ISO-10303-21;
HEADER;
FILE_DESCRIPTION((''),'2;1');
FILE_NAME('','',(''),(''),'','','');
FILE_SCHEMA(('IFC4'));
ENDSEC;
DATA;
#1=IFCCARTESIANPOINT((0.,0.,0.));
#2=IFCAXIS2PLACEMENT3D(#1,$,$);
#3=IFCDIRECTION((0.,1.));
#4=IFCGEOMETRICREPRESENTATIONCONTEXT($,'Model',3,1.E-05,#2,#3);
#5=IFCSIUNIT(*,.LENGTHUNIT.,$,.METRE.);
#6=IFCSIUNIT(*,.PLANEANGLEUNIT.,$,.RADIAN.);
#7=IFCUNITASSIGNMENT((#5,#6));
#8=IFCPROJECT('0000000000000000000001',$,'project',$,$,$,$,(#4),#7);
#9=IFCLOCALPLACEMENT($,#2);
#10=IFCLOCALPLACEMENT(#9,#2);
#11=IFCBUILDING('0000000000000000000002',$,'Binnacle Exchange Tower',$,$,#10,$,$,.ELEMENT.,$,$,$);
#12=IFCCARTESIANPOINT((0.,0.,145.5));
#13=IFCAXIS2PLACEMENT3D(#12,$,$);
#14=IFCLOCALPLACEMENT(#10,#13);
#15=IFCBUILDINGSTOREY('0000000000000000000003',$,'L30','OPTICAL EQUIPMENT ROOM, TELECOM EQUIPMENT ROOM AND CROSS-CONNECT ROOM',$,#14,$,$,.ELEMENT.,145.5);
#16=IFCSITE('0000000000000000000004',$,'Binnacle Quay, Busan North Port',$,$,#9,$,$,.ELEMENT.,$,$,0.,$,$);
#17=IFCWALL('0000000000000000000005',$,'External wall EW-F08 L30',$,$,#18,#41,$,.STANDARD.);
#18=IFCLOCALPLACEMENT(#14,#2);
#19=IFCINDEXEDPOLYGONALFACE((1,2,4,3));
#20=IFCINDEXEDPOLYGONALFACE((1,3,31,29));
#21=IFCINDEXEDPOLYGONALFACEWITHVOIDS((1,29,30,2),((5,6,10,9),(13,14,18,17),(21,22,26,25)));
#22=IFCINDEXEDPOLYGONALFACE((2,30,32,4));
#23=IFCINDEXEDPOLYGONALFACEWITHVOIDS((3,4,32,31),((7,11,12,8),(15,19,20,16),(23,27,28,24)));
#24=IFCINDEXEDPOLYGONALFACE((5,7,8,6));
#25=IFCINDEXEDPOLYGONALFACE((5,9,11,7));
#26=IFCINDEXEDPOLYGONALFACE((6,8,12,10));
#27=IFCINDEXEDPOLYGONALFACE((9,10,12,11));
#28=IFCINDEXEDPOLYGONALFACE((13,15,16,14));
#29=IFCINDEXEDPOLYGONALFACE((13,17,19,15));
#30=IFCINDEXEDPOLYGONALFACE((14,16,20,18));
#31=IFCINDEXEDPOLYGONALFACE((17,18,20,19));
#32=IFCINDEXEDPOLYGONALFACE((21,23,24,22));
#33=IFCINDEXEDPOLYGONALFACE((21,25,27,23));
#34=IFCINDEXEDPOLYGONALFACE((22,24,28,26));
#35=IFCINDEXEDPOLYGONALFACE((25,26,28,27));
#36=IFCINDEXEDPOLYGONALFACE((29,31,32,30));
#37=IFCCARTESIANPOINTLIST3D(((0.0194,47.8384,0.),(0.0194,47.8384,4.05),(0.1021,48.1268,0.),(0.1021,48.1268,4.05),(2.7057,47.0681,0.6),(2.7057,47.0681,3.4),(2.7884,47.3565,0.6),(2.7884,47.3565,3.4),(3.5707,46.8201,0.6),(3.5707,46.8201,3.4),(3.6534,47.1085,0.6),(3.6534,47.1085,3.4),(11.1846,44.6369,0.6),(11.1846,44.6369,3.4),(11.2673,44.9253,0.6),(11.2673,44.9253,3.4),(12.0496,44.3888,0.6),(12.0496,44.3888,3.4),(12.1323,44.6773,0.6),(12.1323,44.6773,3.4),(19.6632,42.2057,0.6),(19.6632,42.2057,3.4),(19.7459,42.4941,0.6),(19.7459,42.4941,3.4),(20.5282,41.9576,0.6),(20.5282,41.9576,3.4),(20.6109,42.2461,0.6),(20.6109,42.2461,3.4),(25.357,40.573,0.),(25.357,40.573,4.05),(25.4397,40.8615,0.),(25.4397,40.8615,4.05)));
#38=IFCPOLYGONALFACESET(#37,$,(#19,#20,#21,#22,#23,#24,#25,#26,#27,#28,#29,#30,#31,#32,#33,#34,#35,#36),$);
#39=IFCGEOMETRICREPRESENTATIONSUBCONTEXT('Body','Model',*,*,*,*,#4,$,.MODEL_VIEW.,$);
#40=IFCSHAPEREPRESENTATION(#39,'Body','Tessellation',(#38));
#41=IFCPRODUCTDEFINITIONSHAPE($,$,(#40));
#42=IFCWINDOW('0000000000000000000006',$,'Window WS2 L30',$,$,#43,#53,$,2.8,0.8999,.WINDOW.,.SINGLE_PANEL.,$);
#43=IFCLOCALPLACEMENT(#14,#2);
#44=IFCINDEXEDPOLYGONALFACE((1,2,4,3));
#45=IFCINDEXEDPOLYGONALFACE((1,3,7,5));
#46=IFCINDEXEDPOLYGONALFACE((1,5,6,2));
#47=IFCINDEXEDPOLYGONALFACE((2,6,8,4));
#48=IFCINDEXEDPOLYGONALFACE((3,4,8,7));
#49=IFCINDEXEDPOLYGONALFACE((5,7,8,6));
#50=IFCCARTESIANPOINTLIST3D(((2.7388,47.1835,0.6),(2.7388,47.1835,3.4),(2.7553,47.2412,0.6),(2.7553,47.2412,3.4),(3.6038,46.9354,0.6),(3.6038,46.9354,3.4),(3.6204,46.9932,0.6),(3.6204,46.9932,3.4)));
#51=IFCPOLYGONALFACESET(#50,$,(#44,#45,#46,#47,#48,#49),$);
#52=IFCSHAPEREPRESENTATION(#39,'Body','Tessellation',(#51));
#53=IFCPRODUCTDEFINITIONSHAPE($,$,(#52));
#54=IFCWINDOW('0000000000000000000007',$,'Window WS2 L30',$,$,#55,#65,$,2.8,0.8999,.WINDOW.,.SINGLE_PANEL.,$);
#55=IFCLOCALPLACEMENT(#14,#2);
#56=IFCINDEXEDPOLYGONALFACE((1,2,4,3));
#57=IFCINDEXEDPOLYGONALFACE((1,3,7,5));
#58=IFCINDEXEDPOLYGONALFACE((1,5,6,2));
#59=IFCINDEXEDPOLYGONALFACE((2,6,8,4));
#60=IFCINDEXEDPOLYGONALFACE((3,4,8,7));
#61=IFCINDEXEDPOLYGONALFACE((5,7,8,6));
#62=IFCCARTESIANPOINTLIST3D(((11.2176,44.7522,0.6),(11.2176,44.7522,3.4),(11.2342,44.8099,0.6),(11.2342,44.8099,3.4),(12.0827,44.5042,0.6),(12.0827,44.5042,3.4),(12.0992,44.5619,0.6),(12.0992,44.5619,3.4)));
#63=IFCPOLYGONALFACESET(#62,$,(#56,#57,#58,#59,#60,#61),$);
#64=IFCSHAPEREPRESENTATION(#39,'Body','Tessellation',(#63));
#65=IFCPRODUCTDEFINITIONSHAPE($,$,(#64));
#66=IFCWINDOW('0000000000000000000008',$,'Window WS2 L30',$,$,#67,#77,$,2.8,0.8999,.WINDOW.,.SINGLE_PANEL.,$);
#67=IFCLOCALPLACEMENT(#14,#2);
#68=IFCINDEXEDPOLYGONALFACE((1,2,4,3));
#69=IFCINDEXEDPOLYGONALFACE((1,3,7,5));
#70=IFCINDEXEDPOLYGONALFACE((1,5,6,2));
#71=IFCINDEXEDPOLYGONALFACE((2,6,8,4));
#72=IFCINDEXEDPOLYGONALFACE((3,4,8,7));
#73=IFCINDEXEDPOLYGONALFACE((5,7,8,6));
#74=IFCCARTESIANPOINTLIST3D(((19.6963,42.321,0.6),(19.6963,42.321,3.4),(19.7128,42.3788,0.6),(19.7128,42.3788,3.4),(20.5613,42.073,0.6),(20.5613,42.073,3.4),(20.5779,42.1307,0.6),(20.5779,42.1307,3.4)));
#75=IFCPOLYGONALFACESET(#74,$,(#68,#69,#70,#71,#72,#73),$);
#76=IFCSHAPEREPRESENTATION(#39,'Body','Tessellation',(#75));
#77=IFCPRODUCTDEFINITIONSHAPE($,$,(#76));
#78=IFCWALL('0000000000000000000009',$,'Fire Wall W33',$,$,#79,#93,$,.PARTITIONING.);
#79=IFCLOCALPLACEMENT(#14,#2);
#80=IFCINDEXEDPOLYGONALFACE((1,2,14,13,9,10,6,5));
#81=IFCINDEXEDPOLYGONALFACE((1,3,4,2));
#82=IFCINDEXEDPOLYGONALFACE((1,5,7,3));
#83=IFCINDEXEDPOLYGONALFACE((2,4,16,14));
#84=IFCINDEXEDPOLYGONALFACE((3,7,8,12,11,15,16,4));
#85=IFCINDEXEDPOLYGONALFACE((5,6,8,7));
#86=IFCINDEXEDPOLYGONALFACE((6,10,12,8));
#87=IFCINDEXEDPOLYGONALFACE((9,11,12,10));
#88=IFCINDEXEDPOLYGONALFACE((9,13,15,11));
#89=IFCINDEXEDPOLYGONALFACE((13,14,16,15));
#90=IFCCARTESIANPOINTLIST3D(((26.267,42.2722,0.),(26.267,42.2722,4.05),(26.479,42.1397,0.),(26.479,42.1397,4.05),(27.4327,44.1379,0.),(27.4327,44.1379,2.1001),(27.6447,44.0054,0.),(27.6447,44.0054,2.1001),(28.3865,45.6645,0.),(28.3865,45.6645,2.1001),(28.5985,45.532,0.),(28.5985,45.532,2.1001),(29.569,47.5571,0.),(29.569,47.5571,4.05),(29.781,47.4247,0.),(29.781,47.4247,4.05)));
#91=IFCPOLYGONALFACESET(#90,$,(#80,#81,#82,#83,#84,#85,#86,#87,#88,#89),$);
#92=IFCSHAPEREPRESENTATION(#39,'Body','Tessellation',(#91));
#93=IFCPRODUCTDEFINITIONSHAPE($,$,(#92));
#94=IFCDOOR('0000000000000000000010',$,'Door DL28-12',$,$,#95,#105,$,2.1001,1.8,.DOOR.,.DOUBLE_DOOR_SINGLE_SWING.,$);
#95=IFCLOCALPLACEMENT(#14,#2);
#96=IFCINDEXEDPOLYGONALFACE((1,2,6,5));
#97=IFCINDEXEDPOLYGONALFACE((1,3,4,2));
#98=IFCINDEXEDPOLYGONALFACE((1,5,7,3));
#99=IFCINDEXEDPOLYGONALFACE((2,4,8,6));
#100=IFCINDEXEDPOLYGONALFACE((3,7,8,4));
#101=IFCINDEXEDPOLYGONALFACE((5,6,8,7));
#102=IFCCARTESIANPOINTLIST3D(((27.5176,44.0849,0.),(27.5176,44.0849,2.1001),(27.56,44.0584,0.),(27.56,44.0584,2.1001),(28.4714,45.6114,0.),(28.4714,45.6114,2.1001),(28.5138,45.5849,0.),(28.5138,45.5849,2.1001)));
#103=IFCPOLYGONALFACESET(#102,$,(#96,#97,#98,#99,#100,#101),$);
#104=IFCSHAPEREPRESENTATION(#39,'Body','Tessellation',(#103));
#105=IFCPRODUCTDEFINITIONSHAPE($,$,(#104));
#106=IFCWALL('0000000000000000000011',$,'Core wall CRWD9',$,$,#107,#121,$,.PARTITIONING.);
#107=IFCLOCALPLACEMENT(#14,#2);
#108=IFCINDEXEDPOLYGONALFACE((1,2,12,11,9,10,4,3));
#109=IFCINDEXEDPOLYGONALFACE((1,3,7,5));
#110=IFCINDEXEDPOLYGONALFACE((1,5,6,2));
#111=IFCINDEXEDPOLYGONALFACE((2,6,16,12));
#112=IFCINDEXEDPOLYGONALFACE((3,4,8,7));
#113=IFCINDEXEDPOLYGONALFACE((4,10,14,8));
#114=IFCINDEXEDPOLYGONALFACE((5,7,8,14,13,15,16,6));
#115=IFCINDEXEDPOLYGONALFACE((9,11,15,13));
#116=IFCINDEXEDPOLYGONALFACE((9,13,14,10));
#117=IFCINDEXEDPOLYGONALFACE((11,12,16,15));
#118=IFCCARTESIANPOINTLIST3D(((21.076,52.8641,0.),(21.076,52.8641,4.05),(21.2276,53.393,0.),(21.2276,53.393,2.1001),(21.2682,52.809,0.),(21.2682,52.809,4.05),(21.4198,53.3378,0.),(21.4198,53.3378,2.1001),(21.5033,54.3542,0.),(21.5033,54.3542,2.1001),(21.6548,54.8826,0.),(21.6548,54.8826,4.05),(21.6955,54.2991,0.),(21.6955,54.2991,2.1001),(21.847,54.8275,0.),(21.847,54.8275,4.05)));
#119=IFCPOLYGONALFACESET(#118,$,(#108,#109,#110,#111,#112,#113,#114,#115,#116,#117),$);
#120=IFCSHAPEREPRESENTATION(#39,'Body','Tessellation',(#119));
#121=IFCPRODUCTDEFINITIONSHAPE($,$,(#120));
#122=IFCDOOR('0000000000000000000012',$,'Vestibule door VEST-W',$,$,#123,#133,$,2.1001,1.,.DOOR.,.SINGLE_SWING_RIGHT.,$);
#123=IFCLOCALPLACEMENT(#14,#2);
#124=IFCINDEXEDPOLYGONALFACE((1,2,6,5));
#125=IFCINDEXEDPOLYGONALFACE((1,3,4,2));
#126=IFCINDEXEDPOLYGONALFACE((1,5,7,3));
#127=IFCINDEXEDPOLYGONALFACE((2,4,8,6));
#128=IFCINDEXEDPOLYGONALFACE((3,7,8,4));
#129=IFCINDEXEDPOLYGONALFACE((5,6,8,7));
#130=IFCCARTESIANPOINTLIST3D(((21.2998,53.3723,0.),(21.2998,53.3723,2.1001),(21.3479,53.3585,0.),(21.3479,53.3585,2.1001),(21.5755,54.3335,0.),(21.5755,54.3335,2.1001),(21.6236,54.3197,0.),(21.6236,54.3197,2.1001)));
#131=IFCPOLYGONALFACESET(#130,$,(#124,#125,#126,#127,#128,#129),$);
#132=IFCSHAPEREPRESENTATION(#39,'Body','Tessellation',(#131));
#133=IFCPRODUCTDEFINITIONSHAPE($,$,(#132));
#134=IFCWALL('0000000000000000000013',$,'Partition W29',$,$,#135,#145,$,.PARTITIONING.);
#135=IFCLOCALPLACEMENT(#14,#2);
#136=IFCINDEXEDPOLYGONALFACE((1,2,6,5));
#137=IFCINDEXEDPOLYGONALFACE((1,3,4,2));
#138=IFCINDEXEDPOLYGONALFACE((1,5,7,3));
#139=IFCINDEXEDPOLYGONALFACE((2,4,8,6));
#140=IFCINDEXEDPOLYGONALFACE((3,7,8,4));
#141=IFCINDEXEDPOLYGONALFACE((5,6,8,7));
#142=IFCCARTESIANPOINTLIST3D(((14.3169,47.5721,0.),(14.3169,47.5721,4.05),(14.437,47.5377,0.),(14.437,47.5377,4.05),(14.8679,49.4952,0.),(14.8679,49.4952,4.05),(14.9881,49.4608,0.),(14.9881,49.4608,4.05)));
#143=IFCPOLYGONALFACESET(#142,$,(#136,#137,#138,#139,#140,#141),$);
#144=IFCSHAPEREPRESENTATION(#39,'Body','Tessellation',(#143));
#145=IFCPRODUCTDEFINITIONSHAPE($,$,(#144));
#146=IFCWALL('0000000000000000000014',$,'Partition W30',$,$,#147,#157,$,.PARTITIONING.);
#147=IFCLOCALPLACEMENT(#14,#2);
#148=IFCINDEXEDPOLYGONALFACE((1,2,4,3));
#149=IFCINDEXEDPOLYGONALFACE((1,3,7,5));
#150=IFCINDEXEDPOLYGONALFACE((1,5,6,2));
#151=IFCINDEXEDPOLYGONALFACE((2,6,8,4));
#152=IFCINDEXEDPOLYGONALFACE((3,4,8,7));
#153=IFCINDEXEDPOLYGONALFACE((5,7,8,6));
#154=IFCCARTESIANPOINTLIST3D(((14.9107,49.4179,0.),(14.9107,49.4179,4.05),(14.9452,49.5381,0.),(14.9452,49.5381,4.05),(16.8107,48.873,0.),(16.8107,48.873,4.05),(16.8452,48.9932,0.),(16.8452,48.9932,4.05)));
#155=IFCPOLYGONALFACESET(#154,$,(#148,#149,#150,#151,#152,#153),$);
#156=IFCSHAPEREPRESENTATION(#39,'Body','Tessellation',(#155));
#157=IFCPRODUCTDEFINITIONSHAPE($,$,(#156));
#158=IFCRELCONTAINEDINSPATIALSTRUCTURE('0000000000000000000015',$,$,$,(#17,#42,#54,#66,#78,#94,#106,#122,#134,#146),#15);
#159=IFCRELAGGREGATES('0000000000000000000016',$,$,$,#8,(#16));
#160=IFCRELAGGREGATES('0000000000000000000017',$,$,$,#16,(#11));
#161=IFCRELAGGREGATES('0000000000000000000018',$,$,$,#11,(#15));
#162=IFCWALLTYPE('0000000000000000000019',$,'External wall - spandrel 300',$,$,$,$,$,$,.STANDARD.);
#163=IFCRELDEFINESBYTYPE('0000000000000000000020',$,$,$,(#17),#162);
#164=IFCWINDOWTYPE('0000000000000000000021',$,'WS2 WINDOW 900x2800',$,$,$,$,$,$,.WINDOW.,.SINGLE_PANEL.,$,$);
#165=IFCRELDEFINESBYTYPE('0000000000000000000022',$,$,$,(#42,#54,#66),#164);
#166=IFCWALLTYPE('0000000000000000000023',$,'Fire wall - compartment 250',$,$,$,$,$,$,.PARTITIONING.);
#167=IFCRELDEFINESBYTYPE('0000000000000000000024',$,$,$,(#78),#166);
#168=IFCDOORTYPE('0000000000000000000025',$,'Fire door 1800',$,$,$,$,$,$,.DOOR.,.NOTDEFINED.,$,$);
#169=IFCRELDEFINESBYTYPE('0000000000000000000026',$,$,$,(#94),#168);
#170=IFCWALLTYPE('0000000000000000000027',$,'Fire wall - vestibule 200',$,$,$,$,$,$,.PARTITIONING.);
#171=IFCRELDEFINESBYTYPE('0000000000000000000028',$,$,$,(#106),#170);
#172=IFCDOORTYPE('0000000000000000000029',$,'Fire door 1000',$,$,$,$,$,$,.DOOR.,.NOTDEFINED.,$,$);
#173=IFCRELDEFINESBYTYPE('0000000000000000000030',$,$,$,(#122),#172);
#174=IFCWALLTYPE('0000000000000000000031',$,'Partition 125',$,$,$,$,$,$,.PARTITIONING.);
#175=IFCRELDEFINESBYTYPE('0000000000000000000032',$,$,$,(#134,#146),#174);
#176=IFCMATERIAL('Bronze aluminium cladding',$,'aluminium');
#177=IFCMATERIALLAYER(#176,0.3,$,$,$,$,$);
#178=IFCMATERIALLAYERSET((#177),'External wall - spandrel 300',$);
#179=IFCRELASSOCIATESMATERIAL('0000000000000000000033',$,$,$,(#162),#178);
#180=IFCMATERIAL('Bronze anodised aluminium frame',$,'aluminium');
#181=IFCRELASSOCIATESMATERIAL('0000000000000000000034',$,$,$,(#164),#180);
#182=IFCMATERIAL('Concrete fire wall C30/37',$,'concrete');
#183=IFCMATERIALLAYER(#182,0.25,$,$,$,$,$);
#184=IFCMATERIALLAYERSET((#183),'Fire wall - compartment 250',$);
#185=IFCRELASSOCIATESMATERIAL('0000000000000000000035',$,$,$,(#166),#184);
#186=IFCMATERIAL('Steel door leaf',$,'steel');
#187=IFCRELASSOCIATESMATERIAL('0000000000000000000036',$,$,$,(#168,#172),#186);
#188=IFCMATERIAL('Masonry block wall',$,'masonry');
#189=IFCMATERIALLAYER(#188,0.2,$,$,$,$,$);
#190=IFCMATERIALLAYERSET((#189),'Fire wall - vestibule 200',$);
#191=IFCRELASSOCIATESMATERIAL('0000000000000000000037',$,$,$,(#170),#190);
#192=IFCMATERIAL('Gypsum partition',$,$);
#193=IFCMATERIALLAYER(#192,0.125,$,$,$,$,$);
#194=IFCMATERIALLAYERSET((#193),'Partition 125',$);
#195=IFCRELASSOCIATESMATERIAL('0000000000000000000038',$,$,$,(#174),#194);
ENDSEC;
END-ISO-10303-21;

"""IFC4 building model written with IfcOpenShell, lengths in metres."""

from ifc_helpers import new_model, si_unit, direction, frame, frame_2d, origin, place, context, subcontext, project, spatial, rectangle, extrude, material, layer, layer_set, type_object, element, fill, save


model = new_model("IFC4")

# Units and contexts
model_context = context("Model", 3, precision=1e-05, world=origin(), true_north=direction((0.0, 1.0)))
body_context = subcontext(model_context, "Body", "Model", "MODEL_VIEW")
ifc_project = project(units=[si_unit("LENGTHUNIT", "METRE"), si_unit("PLANEANGLEUNIT", "RADIAN")], contexts=[model_context])

# Site, building, storey
site_placement = place(None, origin())
site = spatial("IfcSite", under=ifc_project, at=site_placement, Name="Binnacle Quay, Busan North Port", CompositionType="ELEMENT", RefElevation=0.0)
building_placement = place(site_placement, origin())
building = spatial("IfcBuilding", under=site, at=building_placement, Name="Binnacle Exchange Tower", CompositionType="ELEMENT")
storey_placement = place(building_placement, frame((0.0, 0.0, 145.5)))
storey = spatial("IfcBuildingStorey", under=building, at=storey_placement, Name="L30", Description="OPTICAL EQUIPMENT ROOM, TELECOM EQUIPMENT ROOM AND CROSS-CONNECT ROOM", CompositionType="ELEMENT", Elevation=145.5)

# Shared definitions
ifc_material_1 = material(Name="Steel door leaf", Category="steel")

# Wall, openings, windows
ifc_material_2 = material(Name="Bronze aluminium cladding", Category="aluminium")
ifc_layer_1 = layer(ifc_material_2, 0.3)
ifc_layer_set_1 = layer_set([ifc_layer_1], Name="External wall - spandrel 300")
wall_type_1 = type_object("IfcWallType", Name="External wall - spandrel 300", PredefinedType="STANDARD", material=ifc_layer_set_1)
wall_1_placement = place(storey_placement, frame((25.3982, 40.7173, 0.0), z_axis=(0.0, 0.0, 1.0), x_axis=(-0.961262, 0.275635, 0.0)))
wall_1 = element("IfcWall", 1, at=wall_1_placement, inside=storey, type_object=wall_type_1, Name="External wall EW-F08 L30", PredefinedType="STANDARD", context=body_context, shape_type="SweptSolid", body=[
    extrude(rectangle(XDim=26.3586, YDim=0.3, at=frame_2d((13.1792, 0.0))), origin(), (0.0, 0.0, 1.0), 4.05),
])
opening_1_placement = place(wall_1_placement, frame((22.6641, 0.0, 0.6001)))
opening_1 = element("IfcOpeningElement", 2, at=opening_1_placement, cuts=wall_1, PredefinedType="OPENING", context=body_context, shape_type="SweptSolid", body=[
    extrude(rectangle(XDim=0.8999, YDim=2.8, at=frame_2d((0.45, 1.3999))), frame((0.0, 0.1599, 0.0), z_axis=(0.0, -1.0, 0.0), x_axis=(1.0, 0.0, 0.0)), (0.0, 0.0, 1.0), 0.3201),
])
opening_2_placement = place(wall_1_placement, frame((13.8435, 0.0, 0.6001)))
opening_2 = element("IfcOpeningElement", 3, at=opening_2_placement, cuts=wall_1, PredefinedType="OPENING", context=body_context, shape_type="SweptSolid", body=[
    extrude(rectangle(XDim=0.8999, YDim=2.8, at=frame_2d((0.45, 1.3999))), frame((0.0, 0.1599, 0.0), z_axis=(0.0, -1.0, 0.0), x_axis=(1.0, 0.0, 0.0)), (0.0, 0.0, 1.0), 0.3201),
])
opening_3_placement = place(wall_1_placement, frame((5.0232, 0.0, 0.6001)))
opening_3 = element("IfcOpeningElement", 4, at=opening_3_placement, cuts=wall_1, PredefinedType="OPENING", context=body_context, shape_type="SweptSolid", body=[
    extrude(rectangle(XDim=0.8999, YDim=2.8, at=frame_2d((0.45, 1.3999))), frame((0.0, 0.1599, 0.0), z_axis=(0.0, -1.0, 0.0), x_axis=(1.0, 0.0, 0.0)), (0.0, 0.0, 1.0), 0.3201),
])
ifc_material_3 = material(Name="Bronze anodised aluminium frame", Category="aluminium")
window_type = type_object("IfcWindowType", Name="WS2 WINDOW 900x2800", PartitioningType="SINGLE_PANEL", PredefinedType="WINDOW", material=ifc_material_3)
window_1_placement = place(opening_1_placement, origin())
window_1 = element("IfcWindow", 5, at=window_1_placement, inside=storey, type_object=window_type, Name="Window WS2 L30", OverallHeight=2.8, OverallWidth=0.8999, PartitioningType="SINGLE_PANEL", PredefinedType="WINDOW", context=body_context, shape_type="SweptSolid", body=[
    extrude(rectangle(XDim=0.8999, YDim=2.8, at=frame_2d((0.45, 1.3999))), frame((0.0, 0.03, 0.0), z_axis=(0.0, -1.0, 0.0), x_axis=(1.0, 0.0, 0.0)), (0.0, 0.0, 1.0), 0.0601),
])
fill(opening_1, window_1)
window_2_placement = place(opening_2_placement, origin())
window_2 = element("IfcWindow", 6, at=window_2_placement, inside=storey, type_object=window_type, Name="Window WS2 L30", OverallHeight=2.8, OverallWidth=0.8999, PartitioningType="SINGLE_PANEL", PredefinedType="WINDOW", context=body_context, shape_type="SweptSolid", body=[
    extrude(rectangle(XDim=0.8999, YDim=2.8, at=frame_2d((0.45, 1.3999))), frame((0.0, 0.03, 0.0), z_axis=(0.0, -1.0, 0.0), x_axis=(1.0, 0.0, 0.0)), (0.0, 0.0, 1.0), 0.0601),
])
fill(opening_2, window_2)
window_3_placement = place(opening_3_placement, origin())
window_3 = element("IfcWindow", 7, at=window_3_placement, inside=storey, type_object=window_type, Name="Window WS2 L30", OverallHeight=2.8, OverallWidth=0.8999, PartitioningType="SINGLE_PANEL", PredefinedType="WINDOW", context=body_context, shape_type="SweptSolid", body=[
    extrude(rectangle(XDim=0.8999, YDim=2.8, at=frame_2d((0.45, 1.3999))), frame((0.0, 0.03, 0.0), z_axis=(0.0, -1.0, 0.0), x_axis=(1.0, 0.0, 0.0)), (0.0, 0.0, 1.0), 0.0601),
])
fill(opening_3, window_3)

# Walls, openings, doors
ifc_material_4 = material(Name="Concrete fire wall C30/37", Category="concrete")
ifc_layer_2 = layer(ifc_material_4, 0.25)
ifc_layer_set_2 = layer_set([ifc_layer_2], Name="Fire wall - compartment 250")
wall_type_2 = type_object("IfcWallType", Name="Fire wall - compartment 250", PredefinedType="PARTITIONING", material=ifc_layer_set_2)
wall_2_placement = place(storey_placement, frame((26.373, 42.2061, 0.0), z_axis=(0.0, 0.0, 1.0), x_axis=(0.529876, 0.848075, 0.0)))
wall_2 = element("IfcWall", 8, at=wall_2_placement, inside=storey, type_object=wall_type_2, Name="Fire Wall W33", PredefinedType="PARTITIONING", context=body_context, shape_type="SweptSolid", body=[
    extrude(rectangle(XDim=6.2317, YDim=0.25, at=frame_2d((3.1157, 0.0))), origin(), (0.0, 0.0, 1.0), 4.05),
])
opening_4_placement = place(wall_2_placement, frame((2.2, 0.0, 0.0)))
opening_4 = element("IfcOpeningElement", 9, at=opening_4_placement, cuts=wall_2, PredefinedType="OPENING", context=body_context, shape_type="SweptSolid", body=[
    extrude(rectangle(XDim=1.8, YDim=2.1001, at=frame_2d((0.8999, 1.05))), frame((0.0, 0.135, 0.0), z_axis=(0.0, -1.0, 0.0), x_axis=(1.0, 0.0, 0.0)), (0.0, 0.0, 1.0), 0.27),
])
door_type_1 = type_object("IfcDoorType", Name="Fire door 1800", OperationType="NOTDEFINED", PredefinedType="DOOR", material=ifc_material_1)
door_1_placement = place(opening_4_placement, origin())
door_1 = element("IfcDoor", 10, at=door_1_placement, inside=storey, type_object=door_type_1, Name="Door DL28-12", OperationType="DOUBLE_DOOR_SINGLE_SWING", OverallHeight=2.1001, OverallWidth=1.8, PredefinedType="DOOR", context=body_context, shape_type="SweptSolid", body=[
    extrude(rectangle(XDim=1.8, YDim=2.1001, at=frame_2d((0.8999, 1.05))), frame((0.0, 0.0249, 0.0), z_axis=(0.0, -1.0, 0.0), x_axis=(1.0, 0.0, 0.0)), (0.0, 0.0, 1.0), 0.05),
])
fill(opening_4, door_1)
ifc_material_5 = material(Name="Masonry block wall", Category="masonry")
ifc_layer_3 = layer(ifc_material_5, 0.2)
ifc_layer_set_3 = layer_set([ifc_layer_3], Name="Fire wall - vestibule 200")
wall_type_3 = type_object("IfcWallType", Name="Fire wall - vestibule 200", PredefinedType="PARTITIONING", material=ifc_layer_set_3)
wall_3_placement = place(storey_placement, frame((21.1721, 52.8367, 0.0), z_axis=(0.0, 0.0, 1.0), x_axis=(0.275658, 0.961256, 0.0)))
wall_3 = element("IfcWall", 11, at=wall_3_placement, inside=storey, type_object=wall_type_3, Name="Core wall CRWD9", PredefinedType="PARTITIONING", context=body_context, shape_type="SweptSolid", body=[
    extrude(rectangle(XDim=2.0999, YDim=0.2, at=frame_2d((1.0498, 0.0))), origin(), (0.0, 0.0, 1.0), 4.05),
])
opening_5_placement = place(wall_3_placement, frame((0.55, 0.0, 0.0)))
opening_5 = element("IfcOpeningElement", 12, at=opening_5_placement, cuts=wall_3, PredefinedType="OPENING", context=body_context, shape_type="SweptSolid", body=[
    extrude(rectangle(XDim=1.0, YDim=2.1001, at=frame_2d((0.5, 1.05))), frame((0.0, 0.1099, 0.0), z_axis=(0.0, -1.0, 0.0), x_axis=(1.0, 0.0, 0.0)), (0.0, 0.0, 1.0), 0.22),
])
door_type_2 = type_object("IfcDoorType", Name="Fire door 1000", OperationType="NOTDEFINED", PredefinedType="DOOR", material=ifc_material_1)
door_2_placement = place(opening_5_placement, origin())
door_2 = element("IfcDoor", 13, at=door_2_placement, inside=storey, type_object=door_type_2, Name="Vestibule door VEST-W", OperationType="SINGLE_SWING_RIGHT", OverallHeight=2.1001, OverallWidth=1.0, PredefinedType="DOOR", context=body_context, shape_type="SweptSolid", body=[
    extrude(rectangle(XDim=1.0, YDim=2.1001, at=frame_2d((0.5, 1.05))), frame((0.0, 0.0249, 0.0), z_axis=(0.0, -1.0, 0.0), x_axis=(1.0, 0.0, 0.0)), (0.0, 0.0, 1.0), 0.05),
])
fill(opening_5, door_2)

# Walls
ifc_material_6 = material(Name="Gypsum partition")
ifc_layer_4 = layer(ifc_material_6, 0.125)
ifc_layer_set_4 = layer_set([ifc_layer_4], Name="Partition 125")
wall_type_4 = type_object("IfcWallType", Name="Partition 125", PredefinedType="PARTITIONING", material=ifc_layer_set_4)
wall_4_placement = place(storey_placement, frame((14.377, 47.5549, 0.0), z_axis=(0.0, 0.0, 1.0), x_axis=(0.275446, 0.961316, 0.0)))
element("IfcWall", 14, at=wall_4_placement, inside=storey, type_object=wall_type_4, Name="Partition W29", PredefinedType="PARTITIONING", context=body_context, shape_type="SweptSolid", body=[
    extrude(rectangle(XDim=2.0005, YDim=0.125, at=frame_2d((1.0002, 0.0))), origin(), (0.0, 0.0, 1.0), 4.05),
])
wall_5_placement = place(storey_placement, frame((14.928, 49.478, 0.0), z_axis=(0.0, 0.0, 1.0), x_axis=(0.961244, -0.2757, 0.0)))
element("IfcWall", 15, at=wall_5_placement, inside=storey, type_object=wall_type_4, Name="Partition W30", PredefinedType="PARTITIONING", context=body_context, shape_type="SweptSolid", body=[
    extrude(rectangle(XDim=1.9766, YDim=0.125, at=frame_2d((0.9883, 0.0))), origin(), (0.0, 0.0, 1.0), 4.05),
])

save(model, "model.ifc")
